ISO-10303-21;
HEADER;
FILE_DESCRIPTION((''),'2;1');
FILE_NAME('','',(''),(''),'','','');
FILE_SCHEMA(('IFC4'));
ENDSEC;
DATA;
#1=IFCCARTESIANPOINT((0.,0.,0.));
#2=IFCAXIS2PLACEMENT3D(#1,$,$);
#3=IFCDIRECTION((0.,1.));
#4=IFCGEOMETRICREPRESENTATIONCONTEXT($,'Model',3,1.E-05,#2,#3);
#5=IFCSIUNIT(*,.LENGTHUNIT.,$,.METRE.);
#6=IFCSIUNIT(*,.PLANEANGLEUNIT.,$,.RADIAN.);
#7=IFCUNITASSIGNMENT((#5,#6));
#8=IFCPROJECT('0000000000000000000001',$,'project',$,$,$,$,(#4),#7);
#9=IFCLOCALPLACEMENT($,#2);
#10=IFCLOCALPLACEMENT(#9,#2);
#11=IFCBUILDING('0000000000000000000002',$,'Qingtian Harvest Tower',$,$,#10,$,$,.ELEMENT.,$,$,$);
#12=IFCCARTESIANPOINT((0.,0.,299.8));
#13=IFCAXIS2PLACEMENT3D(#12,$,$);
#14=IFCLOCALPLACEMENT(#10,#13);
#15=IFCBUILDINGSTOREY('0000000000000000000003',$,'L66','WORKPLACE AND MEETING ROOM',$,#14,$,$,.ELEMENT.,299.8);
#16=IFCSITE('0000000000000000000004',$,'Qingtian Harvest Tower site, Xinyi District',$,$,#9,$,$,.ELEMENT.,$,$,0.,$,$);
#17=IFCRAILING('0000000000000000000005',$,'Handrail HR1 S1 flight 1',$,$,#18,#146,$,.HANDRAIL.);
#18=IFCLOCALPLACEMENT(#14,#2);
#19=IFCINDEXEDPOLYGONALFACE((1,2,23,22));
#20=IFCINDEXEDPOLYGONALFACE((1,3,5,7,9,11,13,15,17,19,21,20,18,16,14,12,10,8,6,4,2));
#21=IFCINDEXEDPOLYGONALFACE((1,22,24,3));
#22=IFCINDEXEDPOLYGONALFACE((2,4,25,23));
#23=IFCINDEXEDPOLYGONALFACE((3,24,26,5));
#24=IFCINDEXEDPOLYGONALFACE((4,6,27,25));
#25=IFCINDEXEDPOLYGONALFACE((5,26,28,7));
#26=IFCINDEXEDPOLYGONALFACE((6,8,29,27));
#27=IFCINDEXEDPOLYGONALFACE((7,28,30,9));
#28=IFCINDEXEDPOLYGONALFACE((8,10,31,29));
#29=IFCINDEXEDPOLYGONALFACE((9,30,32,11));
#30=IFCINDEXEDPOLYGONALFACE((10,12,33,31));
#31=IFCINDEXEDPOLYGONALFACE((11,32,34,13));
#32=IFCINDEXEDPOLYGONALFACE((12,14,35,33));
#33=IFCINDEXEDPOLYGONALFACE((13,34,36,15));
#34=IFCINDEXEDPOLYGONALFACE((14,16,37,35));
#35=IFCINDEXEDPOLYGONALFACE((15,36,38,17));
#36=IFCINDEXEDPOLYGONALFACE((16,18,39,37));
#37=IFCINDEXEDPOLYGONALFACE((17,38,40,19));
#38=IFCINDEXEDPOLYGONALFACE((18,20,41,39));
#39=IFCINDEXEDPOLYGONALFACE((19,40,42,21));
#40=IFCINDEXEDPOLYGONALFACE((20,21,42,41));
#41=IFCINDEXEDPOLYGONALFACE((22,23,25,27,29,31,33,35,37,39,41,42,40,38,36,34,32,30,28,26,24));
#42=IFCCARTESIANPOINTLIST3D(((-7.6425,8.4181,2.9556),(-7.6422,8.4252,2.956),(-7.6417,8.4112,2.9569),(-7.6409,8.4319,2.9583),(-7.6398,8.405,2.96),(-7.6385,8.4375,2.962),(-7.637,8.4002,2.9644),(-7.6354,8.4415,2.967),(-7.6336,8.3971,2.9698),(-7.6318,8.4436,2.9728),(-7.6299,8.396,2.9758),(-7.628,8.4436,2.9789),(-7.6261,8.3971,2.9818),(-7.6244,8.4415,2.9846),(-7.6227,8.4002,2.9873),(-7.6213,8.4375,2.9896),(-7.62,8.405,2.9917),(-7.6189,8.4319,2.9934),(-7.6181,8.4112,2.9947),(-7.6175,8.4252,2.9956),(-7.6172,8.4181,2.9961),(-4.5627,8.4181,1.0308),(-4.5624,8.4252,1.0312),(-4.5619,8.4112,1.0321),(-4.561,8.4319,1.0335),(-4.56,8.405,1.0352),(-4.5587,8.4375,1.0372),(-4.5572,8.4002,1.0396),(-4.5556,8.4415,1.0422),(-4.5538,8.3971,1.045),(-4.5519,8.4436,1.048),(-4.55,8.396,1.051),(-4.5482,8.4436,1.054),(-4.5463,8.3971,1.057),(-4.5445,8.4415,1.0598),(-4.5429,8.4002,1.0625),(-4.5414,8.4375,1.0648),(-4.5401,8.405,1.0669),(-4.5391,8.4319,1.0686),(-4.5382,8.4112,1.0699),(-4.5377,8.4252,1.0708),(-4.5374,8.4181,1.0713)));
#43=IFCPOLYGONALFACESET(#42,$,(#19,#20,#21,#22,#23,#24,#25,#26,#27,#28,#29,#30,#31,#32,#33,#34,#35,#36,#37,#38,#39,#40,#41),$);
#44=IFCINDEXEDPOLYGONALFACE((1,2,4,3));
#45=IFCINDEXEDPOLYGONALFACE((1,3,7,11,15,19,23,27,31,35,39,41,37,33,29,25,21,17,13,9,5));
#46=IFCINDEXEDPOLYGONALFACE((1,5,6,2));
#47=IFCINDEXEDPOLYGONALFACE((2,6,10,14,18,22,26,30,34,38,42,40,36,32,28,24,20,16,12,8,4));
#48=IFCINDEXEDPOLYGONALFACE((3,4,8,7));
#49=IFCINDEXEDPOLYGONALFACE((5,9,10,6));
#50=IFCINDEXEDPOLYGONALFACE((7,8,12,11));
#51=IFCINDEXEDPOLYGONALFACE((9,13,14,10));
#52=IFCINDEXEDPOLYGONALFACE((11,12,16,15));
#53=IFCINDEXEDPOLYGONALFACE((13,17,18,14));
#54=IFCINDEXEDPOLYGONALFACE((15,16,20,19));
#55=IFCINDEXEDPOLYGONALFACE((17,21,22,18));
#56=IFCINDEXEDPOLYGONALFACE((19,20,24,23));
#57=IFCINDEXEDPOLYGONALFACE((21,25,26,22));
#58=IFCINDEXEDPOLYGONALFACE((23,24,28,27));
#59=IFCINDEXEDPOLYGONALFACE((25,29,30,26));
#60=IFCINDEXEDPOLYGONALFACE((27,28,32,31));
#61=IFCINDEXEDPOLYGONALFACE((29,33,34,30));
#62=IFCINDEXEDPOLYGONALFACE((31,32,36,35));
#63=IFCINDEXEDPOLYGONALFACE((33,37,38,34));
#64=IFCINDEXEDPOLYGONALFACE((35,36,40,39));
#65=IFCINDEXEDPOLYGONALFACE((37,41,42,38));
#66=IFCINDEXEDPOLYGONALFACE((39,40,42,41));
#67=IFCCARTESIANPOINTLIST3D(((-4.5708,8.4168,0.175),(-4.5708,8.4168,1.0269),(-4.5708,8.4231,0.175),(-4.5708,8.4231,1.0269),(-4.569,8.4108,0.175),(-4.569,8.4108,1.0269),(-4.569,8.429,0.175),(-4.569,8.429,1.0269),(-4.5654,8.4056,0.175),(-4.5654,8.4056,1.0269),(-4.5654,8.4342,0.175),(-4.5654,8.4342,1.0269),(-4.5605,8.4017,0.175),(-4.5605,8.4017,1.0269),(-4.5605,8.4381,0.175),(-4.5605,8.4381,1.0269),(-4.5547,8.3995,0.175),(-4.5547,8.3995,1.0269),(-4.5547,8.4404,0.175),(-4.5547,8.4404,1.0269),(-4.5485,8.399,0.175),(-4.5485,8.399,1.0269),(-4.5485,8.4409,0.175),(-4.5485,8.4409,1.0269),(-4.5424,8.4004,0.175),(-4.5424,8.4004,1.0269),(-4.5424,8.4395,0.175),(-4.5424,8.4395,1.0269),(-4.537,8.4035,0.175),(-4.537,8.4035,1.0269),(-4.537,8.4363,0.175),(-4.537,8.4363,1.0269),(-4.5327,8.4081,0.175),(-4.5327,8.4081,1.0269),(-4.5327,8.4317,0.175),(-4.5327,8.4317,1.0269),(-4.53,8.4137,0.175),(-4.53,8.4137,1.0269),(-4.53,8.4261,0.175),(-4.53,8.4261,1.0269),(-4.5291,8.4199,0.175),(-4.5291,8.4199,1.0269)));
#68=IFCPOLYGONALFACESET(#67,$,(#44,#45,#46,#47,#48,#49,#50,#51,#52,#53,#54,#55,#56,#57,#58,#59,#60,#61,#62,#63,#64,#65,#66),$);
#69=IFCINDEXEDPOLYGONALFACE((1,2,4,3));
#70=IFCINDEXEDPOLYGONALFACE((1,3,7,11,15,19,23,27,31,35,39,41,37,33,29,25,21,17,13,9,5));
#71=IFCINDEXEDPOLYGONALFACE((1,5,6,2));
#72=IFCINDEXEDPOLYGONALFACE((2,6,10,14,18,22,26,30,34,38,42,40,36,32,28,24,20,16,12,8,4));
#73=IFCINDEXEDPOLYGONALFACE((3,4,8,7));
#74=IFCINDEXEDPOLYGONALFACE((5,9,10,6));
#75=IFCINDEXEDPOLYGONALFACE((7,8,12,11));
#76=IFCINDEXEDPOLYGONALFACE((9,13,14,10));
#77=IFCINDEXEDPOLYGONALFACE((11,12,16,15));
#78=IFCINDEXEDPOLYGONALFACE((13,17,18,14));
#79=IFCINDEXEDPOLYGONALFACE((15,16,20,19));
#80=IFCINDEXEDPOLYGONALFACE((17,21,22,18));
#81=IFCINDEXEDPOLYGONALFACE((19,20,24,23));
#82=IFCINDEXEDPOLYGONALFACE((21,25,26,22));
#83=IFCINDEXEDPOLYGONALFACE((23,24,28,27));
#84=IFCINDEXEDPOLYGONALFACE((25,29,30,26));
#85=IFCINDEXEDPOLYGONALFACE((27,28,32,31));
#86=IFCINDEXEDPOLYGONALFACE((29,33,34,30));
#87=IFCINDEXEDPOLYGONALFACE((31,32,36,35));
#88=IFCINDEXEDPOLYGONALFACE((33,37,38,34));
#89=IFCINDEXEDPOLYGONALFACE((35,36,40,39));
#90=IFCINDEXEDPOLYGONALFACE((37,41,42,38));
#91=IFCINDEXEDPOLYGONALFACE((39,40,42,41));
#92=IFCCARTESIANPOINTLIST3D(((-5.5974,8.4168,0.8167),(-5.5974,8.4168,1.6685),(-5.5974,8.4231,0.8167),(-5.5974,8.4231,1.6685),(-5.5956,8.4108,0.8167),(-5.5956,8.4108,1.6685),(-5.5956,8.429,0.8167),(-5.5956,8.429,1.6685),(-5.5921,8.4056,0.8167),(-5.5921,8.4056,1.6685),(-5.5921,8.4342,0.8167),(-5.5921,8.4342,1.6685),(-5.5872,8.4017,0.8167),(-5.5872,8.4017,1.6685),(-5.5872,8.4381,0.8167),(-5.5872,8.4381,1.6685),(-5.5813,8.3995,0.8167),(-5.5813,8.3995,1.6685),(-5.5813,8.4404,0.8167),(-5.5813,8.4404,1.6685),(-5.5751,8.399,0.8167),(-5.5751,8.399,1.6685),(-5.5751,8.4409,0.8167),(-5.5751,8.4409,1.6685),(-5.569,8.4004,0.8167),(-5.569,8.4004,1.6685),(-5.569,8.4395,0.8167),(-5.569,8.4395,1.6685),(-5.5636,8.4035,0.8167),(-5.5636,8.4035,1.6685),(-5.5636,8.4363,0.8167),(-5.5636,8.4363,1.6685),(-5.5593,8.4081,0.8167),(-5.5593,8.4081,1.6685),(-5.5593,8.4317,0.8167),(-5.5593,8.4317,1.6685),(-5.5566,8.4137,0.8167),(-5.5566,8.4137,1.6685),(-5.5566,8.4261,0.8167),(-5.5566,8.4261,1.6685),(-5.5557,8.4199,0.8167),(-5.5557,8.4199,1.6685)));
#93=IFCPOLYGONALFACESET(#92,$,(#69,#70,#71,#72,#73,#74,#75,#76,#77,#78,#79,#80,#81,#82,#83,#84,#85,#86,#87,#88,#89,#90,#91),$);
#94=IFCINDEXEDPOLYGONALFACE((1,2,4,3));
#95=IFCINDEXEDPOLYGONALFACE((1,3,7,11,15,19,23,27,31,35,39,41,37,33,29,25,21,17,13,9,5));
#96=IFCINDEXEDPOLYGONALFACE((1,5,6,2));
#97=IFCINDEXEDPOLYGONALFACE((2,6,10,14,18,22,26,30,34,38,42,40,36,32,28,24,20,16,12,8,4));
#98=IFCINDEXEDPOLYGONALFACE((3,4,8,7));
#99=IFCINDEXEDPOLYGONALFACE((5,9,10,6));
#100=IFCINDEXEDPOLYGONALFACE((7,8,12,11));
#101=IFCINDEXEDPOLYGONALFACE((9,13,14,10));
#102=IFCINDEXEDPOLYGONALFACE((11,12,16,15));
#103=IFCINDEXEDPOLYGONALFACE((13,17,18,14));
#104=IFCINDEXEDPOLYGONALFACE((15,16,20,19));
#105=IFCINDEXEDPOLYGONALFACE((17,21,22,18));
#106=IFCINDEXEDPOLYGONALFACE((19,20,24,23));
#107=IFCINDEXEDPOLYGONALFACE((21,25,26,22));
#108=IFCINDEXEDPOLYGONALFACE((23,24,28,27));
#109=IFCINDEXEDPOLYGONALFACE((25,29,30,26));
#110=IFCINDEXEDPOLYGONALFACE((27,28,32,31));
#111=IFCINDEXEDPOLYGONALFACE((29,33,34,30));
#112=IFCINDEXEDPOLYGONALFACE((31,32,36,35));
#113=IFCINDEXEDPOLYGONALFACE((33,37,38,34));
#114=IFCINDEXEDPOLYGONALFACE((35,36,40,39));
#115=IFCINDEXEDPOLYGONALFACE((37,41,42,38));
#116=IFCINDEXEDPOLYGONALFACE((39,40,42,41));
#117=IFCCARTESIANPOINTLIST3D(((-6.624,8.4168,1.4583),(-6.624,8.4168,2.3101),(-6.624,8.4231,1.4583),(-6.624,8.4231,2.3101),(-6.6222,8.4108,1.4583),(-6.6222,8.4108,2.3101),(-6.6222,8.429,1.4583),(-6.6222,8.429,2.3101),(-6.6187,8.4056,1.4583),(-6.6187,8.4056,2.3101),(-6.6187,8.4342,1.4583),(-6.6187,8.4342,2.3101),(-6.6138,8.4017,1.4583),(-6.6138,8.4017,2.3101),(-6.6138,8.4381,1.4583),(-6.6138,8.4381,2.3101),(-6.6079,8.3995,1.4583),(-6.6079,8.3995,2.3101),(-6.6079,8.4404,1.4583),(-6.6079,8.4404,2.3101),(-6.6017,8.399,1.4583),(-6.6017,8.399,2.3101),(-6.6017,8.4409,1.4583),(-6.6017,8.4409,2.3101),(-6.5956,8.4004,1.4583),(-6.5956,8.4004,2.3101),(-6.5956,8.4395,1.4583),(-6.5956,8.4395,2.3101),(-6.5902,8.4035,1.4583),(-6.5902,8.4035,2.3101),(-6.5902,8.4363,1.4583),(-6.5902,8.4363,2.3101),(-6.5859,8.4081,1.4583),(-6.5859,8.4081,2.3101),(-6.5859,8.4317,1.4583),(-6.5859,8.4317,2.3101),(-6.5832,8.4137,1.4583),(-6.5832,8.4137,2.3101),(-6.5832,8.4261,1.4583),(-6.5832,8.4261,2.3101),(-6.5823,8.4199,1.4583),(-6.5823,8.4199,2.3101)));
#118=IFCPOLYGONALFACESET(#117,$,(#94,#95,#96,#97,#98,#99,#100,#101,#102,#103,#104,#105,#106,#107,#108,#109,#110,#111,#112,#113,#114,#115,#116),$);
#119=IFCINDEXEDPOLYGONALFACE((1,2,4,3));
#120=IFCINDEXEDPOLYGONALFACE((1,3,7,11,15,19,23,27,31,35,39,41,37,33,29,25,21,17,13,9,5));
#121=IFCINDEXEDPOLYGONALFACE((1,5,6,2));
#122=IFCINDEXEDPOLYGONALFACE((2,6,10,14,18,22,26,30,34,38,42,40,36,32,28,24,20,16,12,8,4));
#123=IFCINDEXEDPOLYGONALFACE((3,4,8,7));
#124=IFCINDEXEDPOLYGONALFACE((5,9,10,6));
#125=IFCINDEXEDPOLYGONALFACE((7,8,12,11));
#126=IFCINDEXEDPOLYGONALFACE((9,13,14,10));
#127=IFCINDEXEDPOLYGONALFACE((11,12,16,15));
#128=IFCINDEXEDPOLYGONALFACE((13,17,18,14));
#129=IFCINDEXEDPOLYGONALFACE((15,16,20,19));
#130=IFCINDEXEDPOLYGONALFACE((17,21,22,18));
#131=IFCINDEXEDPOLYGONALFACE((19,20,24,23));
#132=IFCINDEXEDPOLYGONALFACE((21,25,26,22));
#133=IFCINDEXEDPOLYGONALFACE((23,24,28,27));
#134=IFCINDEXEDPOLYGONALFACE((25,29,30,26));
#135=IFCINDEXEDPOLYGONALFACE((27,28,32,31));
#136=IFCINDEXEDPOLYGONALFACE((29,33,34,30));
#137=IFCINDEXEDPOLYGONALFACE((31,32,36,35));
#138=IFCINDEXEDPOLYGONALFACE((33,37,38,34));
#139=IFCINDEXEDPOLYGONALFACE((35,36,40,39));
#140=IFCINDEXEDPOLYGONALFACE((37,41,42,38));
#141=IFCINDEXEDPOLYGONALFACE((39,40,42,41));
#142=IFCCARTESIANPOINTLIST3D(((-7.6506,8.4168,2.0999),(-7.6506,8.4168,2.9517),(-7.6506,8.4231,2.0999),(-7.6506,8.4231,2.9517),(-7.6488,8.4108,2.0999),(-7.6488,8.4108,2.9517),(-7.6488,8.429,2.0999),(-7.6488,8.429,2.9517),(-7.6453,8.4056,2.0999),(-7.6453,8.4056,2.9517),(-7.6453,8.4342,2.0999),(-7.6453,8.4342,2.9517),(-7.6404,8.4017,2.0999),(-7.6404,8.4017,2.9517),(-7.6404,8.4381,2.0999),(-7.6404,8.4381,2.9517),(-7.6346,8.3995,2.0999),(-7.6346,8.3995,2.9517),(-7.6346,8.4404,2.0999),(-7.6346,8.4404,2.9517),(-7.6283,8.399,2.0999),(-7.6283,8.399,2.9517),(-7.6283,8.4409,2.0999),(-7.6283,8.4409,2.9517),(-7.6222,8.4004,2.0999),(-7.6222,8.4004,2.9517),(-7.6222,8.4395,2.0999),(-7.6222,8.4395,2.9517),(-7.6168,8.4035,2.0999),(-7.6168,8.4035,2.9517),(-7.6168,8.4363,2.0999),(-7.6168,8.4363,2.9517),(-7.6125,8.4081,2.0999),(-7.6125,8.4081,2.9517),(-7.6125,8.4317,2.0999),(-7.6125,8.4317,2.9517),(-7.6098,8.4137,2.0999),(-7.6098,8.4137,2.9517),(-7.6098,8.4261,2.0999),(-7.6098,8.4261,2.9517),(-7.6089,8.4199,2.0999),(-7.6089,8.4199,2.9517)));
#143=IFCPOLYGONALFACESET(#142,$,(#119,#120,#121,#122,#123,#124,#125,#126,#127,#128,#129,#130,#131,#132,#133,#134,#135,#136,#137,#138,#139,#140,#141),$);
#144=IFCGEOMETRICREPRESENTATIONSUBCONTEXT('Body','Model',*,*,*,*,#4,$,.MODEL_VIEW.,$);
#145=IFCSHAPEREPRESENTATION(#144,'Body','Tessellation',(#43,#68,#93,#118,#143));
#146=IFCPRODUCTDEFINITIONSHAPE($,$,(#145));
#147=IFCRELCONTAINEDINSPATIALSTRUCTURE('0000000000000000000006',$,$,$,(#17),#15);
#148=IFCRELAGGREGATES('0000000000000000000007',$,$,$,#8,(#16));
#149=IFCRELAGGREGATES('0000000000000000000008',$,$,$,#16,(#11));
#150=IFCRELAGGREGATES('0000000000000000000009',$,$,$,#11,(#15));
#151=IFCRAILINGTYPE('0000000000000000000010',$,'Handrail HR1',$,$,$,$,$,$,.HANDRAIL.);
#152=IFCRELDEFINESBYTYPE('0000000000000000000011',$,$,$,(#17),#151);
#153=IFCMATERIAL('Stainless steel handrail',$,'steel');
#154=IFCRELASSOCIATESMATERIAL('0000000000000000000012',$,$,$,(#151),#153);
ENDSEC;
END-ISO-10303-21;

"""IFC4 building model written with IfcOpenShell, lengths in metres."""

from ifc_helpers import new_model, si_unit, direction, frame, origin, origin_2d, place, context, subcontext, project, spatial, circle, extrude, material, type_object, element, save


model = new_model("IFC4")

# Units and contexts
model_context = context("Model", 3, precision=1e-05, world=origin(), true_north=direction((0.0, 1.0)))
body_context = subcontext(model_context, "Body", "Model", "MODEL_VIEW")
ifc_project = project(units=[si_unit("LENGTHUNIT", "METRE"), si_unit("PLANEANGLEUNIT", "RADIAN")], contexts=[model_context])

# Site, building, storey
site_placement = place(None, origin())
site = spatial("IfcSite", under=ifc_project, at=site_placement, Name="Qingtian Harvest Tower site, Xinyi District", CompositionType="ELEMENT", RefElevation=0.0)
building_placement = place(site_placement, origin())
building = spatial("IfcBuilding", under=site, at=building_placement, Name="Qingtian Harvest Tower", CompositionType="ELEMENT")
storey_placement = place(building_placement, frame((0.0, 0.0, 299.8)))
storey = spatial("IfcBuildingStorey", under=building, at=storey_placement, Name="L66", Description="WORKPLACE AND MEETING ROOM", CompositionType="ELEMENT", Elevation=299.8)

# Railing
ifc_material_1 = material(Name="Stainless steel handrail", Category="steel")
railing_type = type_object("IfcRailingType", Name="Handrail HR1", PredefinedType="HANDRAIL", material=ifc_material_1)
railing_1_placement = place(storey_placement, frame((-4.55, 8.4199, 0.175)))
element("IfcRailing", 1, at=railing_1_placement, inside=storey, type_object=railing_type, Name="Handrail HR1 S1 flight 1", PredefinedType="HANDRAIL", context=body_context, shape_type="SweptSolid", body=[
    extrude(circle(Radius=0.0239, at=origin_2d()), frame((0.0, 0.0, 0.876), z_axis=(-0.84801, 0.0, 0.529981), x_axis=(0.0, -1.0, 0.0)), (0.0, 0.0, 1.0), 3.6318),
    extrude(circle(Radius=0.021, at=origin_2d()), origin(), (0.0, 0.0, 1.0), 0.8518),
    extrude(circle(Radius=0.021, at=origin_2d()), frame((-1.0266, 0.0, 0.6416)), (0.0, 0.0, 1.0), 0.8518),
    extrude(circle(Radius=0.021, at=origin_2d()), frame((-2.0532, 0.0, 1.2832)), (0.0, 0.0, 1.0), 0.8518),
    extrude(circle(Radius=0.021, at=origin_2d()), frame((-3.0798, 0.0, 1.9248)), (0.0, 0.0, 1.0), 0.8518),
])

save(model, "model.ifc")
